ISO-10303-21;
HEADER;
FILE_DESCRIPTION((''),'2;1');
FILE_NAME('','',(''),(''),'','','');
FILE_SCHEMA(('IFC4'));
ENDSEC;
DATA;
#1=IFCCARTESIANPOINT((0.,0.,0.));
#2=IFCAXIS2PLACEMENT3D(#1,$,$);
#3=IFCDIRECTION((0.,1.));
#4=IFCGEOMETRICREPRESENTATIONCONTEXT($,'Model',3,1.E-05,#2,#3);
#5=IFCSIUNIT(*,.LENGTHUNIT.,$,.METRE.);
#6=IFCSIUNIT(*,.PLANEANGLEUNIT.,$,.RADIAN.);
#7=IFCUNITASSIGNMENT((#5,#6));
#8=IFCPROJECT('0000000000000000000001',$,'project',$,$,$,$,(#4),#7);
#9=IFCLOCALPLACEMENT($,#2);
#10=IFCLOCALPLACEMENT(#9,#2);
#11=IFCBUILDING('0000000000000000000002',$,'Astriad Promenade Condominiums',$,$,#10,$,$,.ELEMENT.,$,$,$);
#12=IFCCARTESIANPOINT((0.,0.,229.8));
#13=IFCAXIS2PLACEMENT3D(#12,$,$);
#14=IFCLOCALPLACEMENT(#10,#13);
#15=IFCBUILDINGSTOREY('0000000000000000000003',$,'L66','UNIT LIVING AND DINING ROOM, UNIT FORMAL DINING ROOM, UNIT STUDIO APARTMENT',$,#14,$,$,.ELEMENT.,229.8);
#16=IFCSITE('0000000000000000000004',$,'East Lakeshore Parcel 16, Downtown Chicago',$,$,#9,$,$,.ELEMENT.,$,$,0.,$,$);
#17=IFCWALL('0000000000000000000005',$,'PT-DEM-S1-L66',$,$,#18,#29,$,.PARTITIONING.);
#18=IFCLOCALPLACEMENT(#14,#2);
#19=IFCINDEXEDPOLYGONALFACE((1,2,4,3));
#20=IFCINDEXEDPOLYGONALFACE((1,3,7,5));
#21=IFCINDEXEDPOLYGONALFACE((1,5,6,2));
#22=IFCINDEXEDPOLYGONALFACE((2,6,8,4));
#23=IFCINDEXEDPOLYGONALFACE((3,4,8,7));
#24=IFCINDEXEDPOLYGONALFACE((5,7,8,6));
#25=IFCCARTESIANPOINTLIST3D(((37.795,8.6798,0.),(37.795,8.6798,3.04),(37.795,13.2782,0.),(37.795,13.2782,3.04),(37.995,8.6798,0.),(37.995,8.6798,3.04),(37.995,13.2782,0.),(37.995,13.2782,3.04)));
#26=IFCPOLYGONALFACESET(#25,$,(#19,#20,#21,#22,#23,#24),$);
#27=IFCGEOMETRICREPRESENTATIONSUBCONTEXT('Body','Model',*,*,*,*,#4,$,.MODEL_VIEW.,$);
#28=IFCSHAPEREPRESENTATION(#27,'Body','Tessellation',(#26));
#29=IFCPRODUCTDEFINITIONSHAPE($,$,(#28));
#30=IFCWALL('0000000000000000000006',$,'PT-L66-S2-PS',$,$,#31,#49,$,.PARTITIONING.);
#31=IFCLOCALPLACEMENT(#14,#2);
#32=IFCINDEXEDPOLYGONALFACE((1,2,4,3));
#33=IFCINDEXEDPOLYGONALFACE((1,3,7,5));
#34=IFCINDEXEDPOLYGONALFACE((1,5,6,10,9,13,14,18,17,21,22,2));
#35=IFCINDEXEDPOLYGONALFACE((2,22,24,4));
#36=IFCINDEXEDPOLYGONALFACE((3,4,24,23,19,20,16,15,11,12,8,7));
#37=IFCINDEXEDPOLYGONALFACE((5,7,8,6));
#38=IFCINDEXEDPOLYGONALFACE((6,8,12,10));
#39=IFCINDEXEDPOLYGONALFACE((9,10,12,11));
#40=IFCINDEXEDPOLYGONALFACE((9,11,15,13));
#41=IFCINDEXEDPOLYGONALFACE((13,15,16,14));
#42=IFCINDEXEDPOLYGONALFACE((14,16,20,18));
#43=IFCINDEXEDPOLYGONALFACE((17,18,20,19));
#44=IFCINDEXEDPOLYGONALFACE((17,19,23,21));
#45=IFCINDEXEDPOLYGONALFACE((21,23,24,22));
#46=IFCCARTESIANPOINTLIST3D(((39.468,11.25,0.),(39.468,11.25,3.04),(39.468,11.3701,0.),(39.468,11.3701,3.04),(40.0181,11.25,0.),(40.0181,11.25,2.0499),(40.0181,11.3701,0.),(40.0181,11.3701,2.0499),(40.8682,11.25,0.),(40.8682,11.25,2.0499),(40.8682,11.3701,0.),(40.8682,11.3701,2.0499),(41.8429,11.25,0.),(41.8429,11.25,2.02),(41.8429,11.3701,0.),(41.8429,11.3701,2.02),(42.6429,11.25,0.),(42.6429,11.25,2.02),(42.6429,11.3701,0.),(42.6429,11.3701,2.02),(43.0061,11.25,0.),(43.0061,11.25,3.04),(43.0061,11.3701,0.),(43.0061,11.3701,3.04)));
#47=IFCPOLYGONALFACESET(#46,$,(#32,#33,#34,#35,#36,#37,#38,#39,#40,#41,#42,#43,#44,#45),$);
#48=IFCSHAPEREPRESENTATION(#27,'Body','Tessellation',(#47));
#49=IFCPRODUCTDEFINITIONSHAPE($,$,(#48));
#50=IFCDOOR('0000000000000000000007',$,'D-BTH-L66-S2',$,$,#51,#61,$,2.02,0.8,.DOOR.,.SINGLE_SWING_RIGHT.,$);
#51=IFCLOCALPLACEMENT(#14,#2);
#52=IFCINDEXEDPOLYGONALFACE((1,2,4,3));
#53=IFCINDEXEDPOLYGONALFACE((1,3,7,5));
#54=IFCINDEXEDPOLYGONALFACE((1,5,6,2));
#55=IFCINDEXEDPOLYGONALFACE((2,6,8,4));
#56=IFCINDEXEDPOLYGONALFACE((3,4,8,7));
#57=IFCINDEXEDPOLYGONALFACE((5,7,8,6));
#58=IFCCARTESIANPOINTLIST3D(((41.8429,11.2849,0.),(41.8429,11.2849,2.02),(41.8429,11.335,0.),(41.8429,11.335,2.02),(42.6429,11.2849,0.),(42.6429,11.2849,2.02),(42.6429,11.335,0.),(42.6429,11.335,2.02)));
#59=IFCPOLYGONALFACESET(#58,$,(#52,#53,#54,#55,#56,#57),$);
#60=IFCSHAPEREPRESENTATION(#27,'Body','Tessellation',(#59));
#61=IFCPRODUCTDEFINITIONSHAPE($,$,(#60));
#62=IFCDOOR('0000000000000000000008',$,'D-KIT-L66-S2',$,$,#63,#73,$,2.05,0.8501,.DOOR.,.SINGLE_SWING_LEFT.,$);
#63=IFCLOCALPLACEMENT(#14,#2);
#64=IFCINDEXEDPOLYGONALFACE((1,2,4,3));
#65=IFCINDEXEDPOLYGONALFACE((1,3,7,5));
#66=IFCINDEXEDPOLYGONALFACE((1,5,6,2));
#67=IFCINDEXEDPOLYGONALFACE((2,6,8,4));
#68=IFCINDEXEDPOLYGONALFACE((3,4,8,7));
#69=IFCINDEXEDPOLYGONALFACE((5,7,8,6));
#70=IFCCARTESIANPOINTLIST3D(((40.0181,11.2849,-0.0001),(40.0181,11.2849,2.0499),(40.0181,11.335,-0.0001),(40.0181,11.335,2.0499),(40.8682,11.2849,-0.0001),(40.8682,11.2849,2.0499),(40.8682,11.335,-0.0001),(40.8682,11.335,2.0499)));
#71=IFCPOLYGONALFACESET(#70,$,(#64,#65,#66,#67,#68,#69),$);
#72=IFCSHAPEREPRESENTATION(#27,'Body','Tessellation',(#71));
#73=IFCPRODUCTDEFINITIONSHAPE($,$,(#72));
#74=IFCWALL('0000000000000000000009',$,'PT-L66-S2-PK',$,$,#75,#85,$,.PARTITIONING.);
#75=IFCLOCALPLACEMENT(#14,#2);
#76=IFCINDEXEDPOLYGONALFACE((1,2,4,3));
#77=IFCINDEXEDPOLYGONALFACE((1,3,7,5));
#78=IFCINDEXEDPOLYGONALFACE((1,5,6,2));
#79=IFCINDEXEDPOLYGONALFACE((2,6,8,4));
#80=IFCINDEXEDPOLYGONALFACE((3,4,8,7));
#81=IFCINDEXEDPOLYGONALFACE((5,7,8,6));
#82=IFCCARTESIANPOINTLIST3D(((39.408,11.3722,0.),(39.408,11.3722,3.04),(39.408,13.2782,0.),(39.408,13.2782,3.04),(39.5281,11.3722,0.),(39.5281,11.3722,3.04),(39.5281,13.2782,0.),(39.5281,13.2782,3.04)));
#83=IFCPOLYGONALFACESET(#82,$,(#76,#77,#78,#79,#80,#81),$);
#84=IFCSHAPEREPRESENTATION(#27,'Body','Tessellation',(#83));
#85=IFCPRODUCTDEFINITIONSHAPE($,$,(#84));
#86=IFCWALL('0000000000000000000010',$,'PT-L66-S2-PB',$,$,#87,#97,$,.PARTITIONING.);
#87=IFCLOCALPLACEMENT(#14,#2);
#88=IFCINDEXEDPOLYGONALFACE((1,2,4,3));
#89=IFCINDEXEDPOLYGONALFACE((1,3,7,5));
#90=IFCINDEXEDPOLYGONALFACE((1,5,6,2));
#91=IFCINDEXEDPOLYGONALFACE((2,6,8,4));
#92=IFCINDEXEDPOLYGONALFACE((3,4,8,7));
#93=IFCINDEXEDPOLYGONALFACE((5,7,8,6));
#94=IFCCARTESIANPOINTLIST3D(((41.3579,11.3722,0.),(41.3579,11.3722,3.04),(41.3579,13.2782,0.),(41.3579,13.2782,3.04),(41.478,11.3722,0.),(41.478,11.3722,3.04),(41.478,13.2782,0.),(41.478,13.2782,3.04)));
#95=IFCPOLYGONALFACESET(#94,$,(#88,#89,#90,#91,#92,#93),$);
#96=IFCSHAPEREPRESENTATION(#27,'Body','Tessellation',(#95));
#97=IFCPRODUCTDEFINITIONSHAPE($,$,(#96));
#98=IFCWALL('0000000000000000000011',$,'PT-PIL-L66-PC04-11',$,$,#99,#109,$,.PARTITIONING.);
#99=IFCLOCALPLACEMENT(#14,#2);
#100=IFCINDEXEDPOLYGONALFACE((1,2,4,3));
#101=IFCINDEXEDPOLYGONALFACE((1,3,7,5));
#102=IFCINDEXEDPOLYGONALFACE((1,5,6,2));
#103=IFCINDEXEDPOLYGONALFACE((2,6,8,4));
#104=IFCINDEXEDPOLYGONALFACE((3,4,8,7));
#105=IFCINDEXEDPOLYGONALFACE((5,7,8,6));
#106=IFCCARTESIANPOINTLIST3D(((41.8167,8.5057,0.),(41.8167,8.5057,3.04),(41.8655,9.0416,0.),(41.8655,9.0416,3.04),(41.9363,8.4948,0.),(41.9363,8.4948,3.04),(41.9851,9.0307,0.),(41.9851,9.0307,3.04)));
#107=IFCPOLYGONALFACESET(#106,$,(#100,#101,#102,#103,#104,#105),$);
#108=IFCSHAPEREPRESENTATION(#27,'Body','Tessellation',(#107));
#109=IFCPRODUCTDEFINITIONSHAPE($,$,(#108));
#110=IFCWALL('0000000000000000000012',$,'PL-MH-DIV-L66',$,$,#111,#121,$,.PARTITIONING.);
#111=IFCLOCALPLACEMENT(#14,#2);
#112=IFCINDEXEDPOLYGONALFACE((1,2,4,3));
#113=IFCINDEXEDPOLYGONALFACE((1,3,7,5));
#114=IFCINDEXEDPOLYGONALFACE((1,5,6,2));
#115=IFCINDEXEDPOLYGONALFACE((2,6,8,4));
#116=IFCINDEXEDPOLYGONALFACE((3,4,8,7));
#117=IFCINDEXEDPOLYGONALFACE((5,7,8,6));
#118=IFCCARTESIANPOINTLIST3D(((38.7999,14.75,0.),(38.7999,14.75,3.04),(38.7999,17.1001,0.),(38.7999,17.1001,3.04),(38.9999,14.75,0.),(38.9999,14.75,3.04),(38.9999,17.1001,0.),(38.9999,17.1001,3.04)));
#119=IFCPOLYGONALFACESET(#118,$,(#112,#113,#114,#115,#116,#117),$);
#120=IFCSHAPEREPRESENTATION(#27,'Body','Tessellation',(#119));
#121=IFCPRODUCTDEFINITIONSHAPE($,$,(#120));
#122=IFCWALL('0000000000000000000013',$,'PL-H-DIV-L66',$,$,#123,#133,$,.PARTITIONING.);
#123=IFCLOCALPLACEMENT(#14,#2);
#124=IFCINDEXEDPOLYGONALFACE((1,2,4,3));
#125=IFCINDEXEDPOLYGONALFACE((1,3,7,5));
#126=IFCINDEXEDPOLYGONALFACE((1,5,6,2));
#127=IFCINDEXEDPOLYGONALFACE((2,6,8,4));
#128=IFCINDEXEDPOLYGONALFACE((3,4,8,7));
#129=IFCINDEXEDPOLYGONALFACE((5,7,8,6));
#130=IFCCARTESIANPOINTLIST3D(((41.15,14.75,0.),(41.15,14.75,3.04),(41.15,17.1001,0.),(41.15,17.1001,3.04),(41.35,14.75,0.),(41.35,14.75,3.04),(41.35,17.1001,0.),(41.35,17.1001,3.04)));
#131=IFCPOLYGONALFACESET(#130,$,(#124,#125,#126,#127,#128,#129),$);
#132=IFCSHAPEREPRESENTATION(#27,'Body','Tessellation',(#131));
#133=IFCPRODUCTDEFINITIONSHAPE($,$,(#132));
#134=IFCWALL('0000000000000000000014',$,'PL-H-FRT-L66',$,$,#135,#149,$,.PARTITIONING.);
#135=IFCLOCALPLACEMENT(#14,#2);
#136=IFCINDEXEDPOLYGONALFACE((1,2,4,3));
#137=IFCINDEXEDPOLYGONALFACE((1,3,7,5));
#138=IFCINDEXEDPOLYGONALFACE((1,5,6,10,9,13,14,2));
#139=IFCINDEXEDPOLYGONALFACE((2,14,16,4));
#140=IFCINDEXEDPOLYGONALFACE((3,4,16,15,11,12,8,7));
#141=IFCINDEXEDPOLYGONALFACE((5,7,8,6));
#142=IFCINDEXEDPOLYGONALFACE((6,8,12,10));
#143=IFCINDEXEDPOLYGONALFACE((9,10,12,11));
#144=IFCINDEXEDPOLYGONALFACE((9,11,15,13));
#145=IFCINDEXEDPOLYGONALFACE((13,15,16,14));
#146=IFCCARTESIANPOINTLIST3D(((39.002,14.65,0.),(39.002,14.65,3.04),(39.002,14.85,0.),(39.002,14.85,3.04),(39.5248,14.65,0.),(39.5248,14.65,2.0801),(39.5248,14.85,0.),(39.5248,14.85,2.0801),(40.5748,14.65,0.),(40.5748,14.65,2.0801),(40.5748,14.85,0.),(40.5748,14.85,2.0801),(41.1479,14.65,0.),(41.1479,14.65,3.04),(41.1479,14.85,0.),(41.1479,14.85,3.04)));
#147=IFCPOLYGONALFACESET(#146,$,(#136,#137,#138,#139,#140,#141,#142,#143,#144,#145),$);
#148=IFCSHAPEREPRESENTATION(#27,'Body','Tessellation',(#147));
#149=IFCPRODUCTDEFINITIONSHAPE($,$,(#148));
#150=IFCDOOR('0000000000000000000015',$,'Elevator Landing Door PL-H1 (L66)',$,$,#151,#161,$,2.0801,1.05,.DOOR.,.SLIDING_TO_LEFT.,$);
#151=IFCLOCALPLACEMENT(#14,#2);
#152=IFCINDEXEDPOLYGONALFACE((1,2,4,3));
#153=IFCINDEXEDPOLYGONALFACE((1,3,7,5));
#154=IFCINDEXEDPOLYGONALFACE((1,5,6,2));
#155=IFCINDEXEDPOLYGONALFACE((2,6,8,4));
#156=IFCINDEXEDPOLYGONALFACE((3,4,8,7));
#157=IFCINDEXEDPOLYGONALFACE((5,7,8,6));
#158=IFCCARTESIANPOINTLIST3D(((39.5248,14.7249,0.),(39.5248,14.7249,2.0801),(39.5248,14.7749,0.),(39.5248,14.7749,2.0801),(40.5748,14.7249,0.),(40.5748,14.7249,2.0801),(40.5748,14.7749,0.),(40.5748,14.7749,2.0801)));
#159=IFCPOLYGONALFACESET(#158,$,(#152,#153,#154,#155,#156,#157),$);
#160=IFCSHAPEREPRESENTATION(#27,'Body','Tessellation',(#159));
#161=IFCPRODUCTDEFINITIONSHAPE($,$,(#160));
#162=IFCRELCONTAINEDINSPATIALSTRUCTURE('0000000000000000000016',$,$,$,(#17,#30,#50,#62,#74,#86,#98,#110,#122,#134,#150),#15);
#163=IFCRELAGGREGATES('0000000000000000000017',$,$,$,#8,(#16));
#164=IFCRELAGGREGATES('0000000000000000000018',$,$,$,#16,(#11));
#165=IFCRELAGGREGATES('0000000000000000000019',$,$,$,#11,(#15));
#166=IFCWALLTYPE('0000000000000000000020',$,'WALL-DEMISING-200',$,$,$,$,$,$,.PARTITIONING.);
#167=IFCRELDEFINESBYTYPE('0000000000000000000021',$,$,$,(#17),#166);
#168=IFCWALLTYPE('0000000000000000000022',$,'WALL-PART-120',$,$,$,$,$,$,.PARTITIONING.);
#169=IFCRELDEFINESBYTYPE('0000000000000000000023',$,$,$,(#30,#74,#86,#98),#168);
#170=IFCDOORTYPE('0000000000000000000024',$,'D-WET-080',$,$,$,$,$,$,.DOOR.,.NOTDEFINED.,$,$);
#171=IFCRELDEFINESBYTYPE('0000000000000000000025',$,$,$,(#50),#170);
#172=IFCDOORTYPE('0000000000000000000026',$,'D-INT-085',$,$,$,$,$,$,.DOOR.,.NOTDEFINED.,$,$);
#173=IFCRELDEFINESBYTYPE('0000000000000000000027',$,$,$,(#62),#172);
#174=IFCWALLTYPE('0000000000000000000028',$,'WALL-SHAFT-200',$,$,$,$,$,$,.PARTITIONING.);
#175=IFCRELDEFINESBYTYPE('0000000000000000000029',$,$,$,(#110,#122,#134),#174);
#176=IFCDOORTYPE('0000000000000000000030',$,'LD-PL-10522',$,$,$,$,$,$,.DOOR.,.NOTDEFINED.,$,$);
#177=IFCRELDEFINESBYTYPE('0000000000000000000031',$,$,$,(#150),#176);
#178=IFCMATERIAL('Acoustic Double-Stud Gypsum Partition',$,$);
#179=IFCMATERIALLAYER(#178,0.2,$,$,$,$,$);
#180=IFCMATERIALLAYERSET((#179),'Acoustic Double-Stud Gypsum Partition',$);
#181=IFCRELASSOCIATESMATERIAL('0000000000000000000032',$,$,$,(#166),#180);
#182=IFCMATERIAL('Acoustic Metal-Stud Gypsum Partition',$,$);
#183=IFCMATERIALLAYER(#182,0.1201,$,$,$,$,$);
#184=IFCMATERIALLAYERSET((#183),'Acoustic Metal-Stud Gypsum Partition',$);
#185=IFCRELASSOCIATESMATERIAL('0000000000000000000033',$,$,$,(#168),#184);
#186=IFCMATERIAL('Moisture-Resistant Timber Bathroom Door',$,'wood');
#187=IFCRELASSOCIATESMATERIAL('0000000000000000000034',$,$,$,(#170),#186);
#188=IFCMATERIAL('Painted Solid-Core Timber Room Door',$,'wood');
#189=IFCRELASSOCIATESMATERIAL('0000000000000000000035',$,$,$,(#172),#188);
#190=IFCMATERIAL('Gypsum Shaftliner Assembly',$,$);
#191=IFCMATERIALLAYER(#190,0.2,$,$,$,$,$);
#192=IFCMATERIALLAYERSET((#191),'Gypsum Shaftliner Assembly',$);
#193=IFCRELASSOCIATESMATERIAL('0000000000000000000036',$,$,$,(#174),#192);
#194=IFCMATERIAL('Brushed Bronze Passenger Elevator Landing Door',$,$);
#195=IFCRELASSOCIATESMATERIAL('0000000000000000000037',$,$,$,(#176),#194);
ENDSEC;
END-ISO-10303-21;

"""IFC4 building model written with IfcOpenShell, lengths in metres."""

from ifc_helpers import new_model, si_unit, direction, frame, frame_2d, origin, place, context, subcontext, project, spatial, rectangle, extrude, source, transform, mapped, material, layer, layer_set, type_object, type_shapes, element, fill, save


model = new_model("IFC4")

# Units and contexts
model_context = context("Model", 3, precision=1e-05, world=origin(), true_north=direction((0.0, 1.0)))
body_context = subcontext(model_context, "Body", "Model", "MODEL_VIEW")
ifc_project = project(units=[si_unit("LENGTHUNIT", "METRE"), si_unit("PLANEANGLEUNIT", "RADIAN")], contexts=[model_context])

# Site, building, storey
site_placement = place(None, origin())
site = spatial("IfcSite", under=ifc_project, at=site_placement, Name="East Lakeshore Parcel 16, Downtown Chicago", CompositionType="ELEMENT", RefElevation=0.0)
building_placement = place(site_placement, origin())
building = spatial("IfcBuilding", under=site, at=building_placement, Name="Astriad Promenade Condominiums", CompositionType="ELEMENT")
storey_placement = place(building_placement, frame((0.0, 0.0, 229.8)))
storey = spatial("IfcBuildingStorey", under=building, at=storey_placement, Name="L66", Description="UNIT LIVING AND DINING ROOM, UNIT FORMAL DINING ROOM, UNIT STUDIO APARTMENT", CompositionType="ELEMENT", Elevation=229.8)

# Wall
ifc_material_1 = material(Name="Acoustic Double-Stud Gypsum Partition")
ifc_layer_1 = layer(ifc_material_1, 0.2)
ifc_layer_set_1 = layer_set([ifc_layer_1], Name="Acoustic Double-Stud Gypsum Partition")
wall_type_1 = type_object("IfcWallType", Name="WALL-DEMISING-200", PredefinedType="PARTITIONING", material=ifc_layer_set_1)
wall_1_placement = place(storey_placement, frame((37.895, 8.6797, 0.0), z_axis=(0.0, 0.0, 1.0), x_axis=(0.0, 1.0, 0.0)))
element("IfcWall", 1, at=wall_1_placement, inside=storey, type_object=wall_type_1, Name="PT-DEM-S1-L66", PredefinedType="PARTITIONING", context=body_context, shape_type="SweptSolid", body=[
    extrude(rectangle(XDim=4.5984, YDim=0.2, at=frame_2d((2.2993, 0.0))), origin(), (0.0, 0.0, 1.0), 3.04),
])

# Wall, openings, doors
ifc_material_2 = material(Name="Acoustic Metal-Stud Gypsum Partition")
ifc_layer_2 = layer(ifc_material_2, 0.1201)
ifc_layer_set_2 = layer_set([ifc_layer_2], Name="Acoustic Metal-Stud Gypsum Partition")
wall_type_2 = type_object("IfcWallType", Name="WALL-PART-120", PredefinedType="PARTITIONING", material=ifc_layer_set_2)
wall_2_placement = place(storey_placement, frame((39.468, 11.3101, 0.0), z_axis=(0.0, 0.0, 1.0), x_axis=(1.0, 0.0, 0.0)))
wall_2 = element("IfcWall", 2, at=wall_2_placement, inside=storey, type_object=wall_type_2, Name="PT-L66-S2-PS", PredefinedType="PARTITIONING", context=body_context, shape_type="SweptSolid", body=[
    extrude(rectangle(XDim=3.5381, YDim=0.1201, at=frame_2d((1.769, 0.0))), origin(), (0.0, 0.0, 1.0), 3.04),
])
opening_1_placement = place(wall_2_placement, frame((0.55, 0.0, 0.0)))
opening_1 = element("IfcOpeningElement", 3, at=opening_1_placement, cuts=wall_2, PredefinedType="OPENING", context=body_context, shape_type="SweptSolid", body=[
    extrude(rectangle(XDim=0.8501, YDim=2.05, at=frame_2d((0.425, 1.0249))), frame((0.0, 0.0701, 0.0), z_axis=(0.0, -1.0, 0.0), x_axis=(1.0, 0.0, 0.0)), (0.0, 0.0, 1.0), 0.1401),
])
opening_2_placement = place(wall_2_placement, frame((2.375, 0.0, 0.0)))
opening_2 = element("IfcOpeningElement", 4, at=opening_2_placement, cuts=wall_2, PredefinedType="OPENING", context=body_context, shape_type="SweptSolid", body=[
    extrude(rectangle(XDim=0.8, YDim=2.02, at=frame_2d((0.3999, 1.01))), frame((0.0, 0.0701, 0.0), z_axis=(0.0, -1.0, 0.0), x_axis=(1.0, 0.0, 0.0)), (0.0, 0.0, 1.0), 0.1401),
])
ifc_material_3 = material(Name="Moisture-Resistant Timber Bathroom Door", Category="wood")
door_type_1 = type_object("IfcDoorType", Name="D-WET-080", OperationType="NOTDEFINED", PredefinedType="DOOR", material=ifc_material_3)
shared_shape_1 = source(origin(), body_context, "Body", "SweptSolid", [
    extrude(rectangle(XDim=0.8, YDim=2.02, at=frame_2d((0.3999, 1.01))), frame((0.0, 0.0249, 0.0), z_axis=(0.0, -1.0, 0.0), x_axis=(1.0, 0.0, 0.0)), (0.0, 0.0, 1.0), 0.05),
])
type_shapes(door_type_1, [shared_shape_1])
door_1_placement = place(opening_2_placement, origin())
door_1 = element("IfcDoor", 5, at=door_1_placement, inside=storey, type_object=door_type_1, Name="D-BTH-L66-S2", OperationType="SINGLE_SWING_RIGHT", OverallHeight=2.02, OverallWidth=0.8, PredefinedType="DOOR", context=body_context, shape_type="MappedRepresentation", body=[
    mapped(shared_shape_1, transform((0.0, 0.0, 0.0), scale=1.0)),
])
fill(opening_2, door_1)
ifc_material_4 = material(Name="Painted Solid-Core Timber Room Door", Category="wood")
door_type_2 = type_object("IfcDoorType", Name="D-INT-085", OperationType="NOTDEFINED", PredefinedType="DOOR", material=ifc_material_4)
shared_shape_2 = source(origin(), body_context, "Body", "SweptSolid", [
    extrude(rectangle(XDim=0.8501, YDim=2.05, at=frame_2d((0.425, 1.0249))), frame((0.0, 0.0249, 0.0), z_axis=(0.0, -1.0, 0.0), x_axis=(1.0, 0.0, 0.0)), (0.0, 0.0, 1.0), 0.05),
])
type_shapes(door_type_2, [shared_shape_2])
door_2_placement = place(opening_1_placement, origin())
door_2 = element("IfcDoor", 6, at=door_2_placement, inside=storey, type_object=door_type_2, Name="D-KIT-L66-S2", OperationType="SINGLE_SWING_LEFT", OverallHeight=2.05, OverallWidth=0.8501, PredefinedType="DOOR", context=body_context, shape_type="MappedRepresentation", body=[
    mapped(shared_shape_2, transform((0.0, 0.0, 0.0), scale=1.0)),
])
fill(opening_1, door_2)

# Walls
for number, where, z_axis, x_axis, name in (
    (7, (39.468, 11.3721, 0.0), (0.0, 0.0, 1.0), (0.0, 1.0, 0.0), "PT-L66-S2-PK"),
    (8, (41.418, 11.3721, 0.0), (0.0, 0.0, 1.0), (0.0, 1.0, 0.0), "PT-L66-S2-PB"),
):
    element("IfcWall", number, at=place(storey_placement, frame(where, z_axis=z_axis, x_axis=x_axis)), inside=storey, type_object=wall_type_2, Name=name, PredefinedType="PARTITIONING", context=body_context, shape_type="SweptSolid", body=[
        extrude(rectangle(XDim=1.906, YDim=0.1201, at=frame_2d((0.9531, 0.0))), origin(), (0.0, 0.0, 1.0), 3.04),
    ])
wall_3_placement = place(storey_placement, frame((41.9253, 9.0361, 0.0), z_axis=(0.0, 0.0, 1.0), x_axis=(-0.09074, -0.995875, 0.0)))
element("IfcWall", 9, at=wall_3_placement, inside=storey, type_object=wall_type_2, Name="PT-PIL-L66-PC04-11", PredefinedType="PARTITIONING", context=body_context, shape_type="SweptSolid", body=[
    extrude(rectangle(XDim=0.5381, YDim=0.1201, at=frame_2d((0.269, 0.0))), origin(), (0.0, 0.0, 1.0), 3.04),
])
ifc_material_5 = material(Name="Gypsum Shaftliner Assembly")
ifc_layer_3 = layer(ifc_material_5, 0.2)
ifc_layer_set_3 = layer_set([ifc_layer_3], Name="Gypsum Shaftliner Assembly")
wall_type_3 = type_object("IfcWallType", Name="WALL-SHAFT-200", PredefinedType="PARTITIONING", material=ifc_layer_set_3)
for number, where, z_axis, x_axis, name in (
    (10, (38.8999, 14.75, 0.0), (0.0, 0.0, 1.0), (0.0, 1.0, 0.0), "PL-MH-DIV-L66"),
    (11, (41.25, 14.75, 0.0), (0.0, 0.0, 1.0), (0.0, 1.0, 0.0), "PL-H-DIV-L66"),
):
    element("IfcWall", number, at=place(storey_placement, frame(where, z_axis=z_axis, x_axis=x_axis)), inside=storey, type_object=wall_type_3, Name=name, PredefinedType="PARTITIONING", context=body_context, shape_type="SweptSolid", body=[
        extrude(rectangle(XDim=2.3501, YDim=0.2, at=frame_2d((1.175, 0.0))), origin(), (0.0, 0.0, 1.0), 3.04),
    ])

# Wall, opening, door
wall_4_placement = place(storey_placement, frame((39.002, 14.75, 0.0), z_axis=(0.0, 0.0, 1.0), x_axis=(1.0, 0.0, 0.0)))
wall_4 = element("IfcWall", 12, at=wall_4_placement, inside=storey, type_object=wall_type_3, Name="PL-H-FRT-L66", PredefinedType="PARTITIONING", context=body_context, shape_type="SweptSolid", body=[
    extrude(rectangle(XDim=2.146, YDim=0.2, at=frame_2d((1.073, 0.0))), origin(), (0.0, 0.0, 1.0), 3.04),
])
opening_3_placement = place(wall_4_placement, frame((0.5229, 0.0, 0.0)))
opening_3 = element("IfcOpeningElement", 13, at=opening_3_placement, cuts=wall_4, PredefinedType="OPENING", context=body_context, shape_type="SweptSolid", body=[
    extrude(rectangle(XDim=1.05, YDim=2.0801, at=frame_2d((0.5249, 1.04))), frame((0.0, 0.1099, 0.0), z_axis=(0.0, -1.0, 0.0), x_axis=(1.0, 0.0, 0.0)), (0.0, 0.0, 1.0), 0.22),
])
ifc_material_6 = material(Name="Brushed Bronze Passenger Elevator Landing Door")
door_type_3 = type_object("IfcDoorType", Name="LD-PL-10522", OperationType="NOTDEFINED", PredefinedType="DOOR", material=ifc_material_6)
shared_shape_3 = source(origin(), body_context, "Body", "SweptSolid", [
    extrude(rectangle(XDim=1.05, YDim=2.0801, at=frame_2d((0.5249, 1.04))), frame((0.0, 0.0249, 0.0), z_axis=(0.0, -1.0, 0.0), x_axis=(1.0, 0.0, 0.0)), (0.0, 0.0, 1.0), 0.05),
])
type_shapes(door_type_3, [shared_shape_3])
door_3_placement = place(opening_3_placement, origin())
door_3 = element("IfcDoor", 14, at=door_3_placement, inside=storey, type_object=door_type_3, Name="Elevator Landing Door PL-H1 (L66)", OperationType="SLIDING_TO_LEFT", OverallHeight=2.0801, OverallWidth=1.05, PredefinedType="DOOR", context=body_context, shape_type="MappedRepresentation", body=[
    mapped(shared_shape_3, transform((0.0, 0.0, 0.0), scale=1.0)),
])
fill(opening_3, door_3)

save(model, "model.ifc")
